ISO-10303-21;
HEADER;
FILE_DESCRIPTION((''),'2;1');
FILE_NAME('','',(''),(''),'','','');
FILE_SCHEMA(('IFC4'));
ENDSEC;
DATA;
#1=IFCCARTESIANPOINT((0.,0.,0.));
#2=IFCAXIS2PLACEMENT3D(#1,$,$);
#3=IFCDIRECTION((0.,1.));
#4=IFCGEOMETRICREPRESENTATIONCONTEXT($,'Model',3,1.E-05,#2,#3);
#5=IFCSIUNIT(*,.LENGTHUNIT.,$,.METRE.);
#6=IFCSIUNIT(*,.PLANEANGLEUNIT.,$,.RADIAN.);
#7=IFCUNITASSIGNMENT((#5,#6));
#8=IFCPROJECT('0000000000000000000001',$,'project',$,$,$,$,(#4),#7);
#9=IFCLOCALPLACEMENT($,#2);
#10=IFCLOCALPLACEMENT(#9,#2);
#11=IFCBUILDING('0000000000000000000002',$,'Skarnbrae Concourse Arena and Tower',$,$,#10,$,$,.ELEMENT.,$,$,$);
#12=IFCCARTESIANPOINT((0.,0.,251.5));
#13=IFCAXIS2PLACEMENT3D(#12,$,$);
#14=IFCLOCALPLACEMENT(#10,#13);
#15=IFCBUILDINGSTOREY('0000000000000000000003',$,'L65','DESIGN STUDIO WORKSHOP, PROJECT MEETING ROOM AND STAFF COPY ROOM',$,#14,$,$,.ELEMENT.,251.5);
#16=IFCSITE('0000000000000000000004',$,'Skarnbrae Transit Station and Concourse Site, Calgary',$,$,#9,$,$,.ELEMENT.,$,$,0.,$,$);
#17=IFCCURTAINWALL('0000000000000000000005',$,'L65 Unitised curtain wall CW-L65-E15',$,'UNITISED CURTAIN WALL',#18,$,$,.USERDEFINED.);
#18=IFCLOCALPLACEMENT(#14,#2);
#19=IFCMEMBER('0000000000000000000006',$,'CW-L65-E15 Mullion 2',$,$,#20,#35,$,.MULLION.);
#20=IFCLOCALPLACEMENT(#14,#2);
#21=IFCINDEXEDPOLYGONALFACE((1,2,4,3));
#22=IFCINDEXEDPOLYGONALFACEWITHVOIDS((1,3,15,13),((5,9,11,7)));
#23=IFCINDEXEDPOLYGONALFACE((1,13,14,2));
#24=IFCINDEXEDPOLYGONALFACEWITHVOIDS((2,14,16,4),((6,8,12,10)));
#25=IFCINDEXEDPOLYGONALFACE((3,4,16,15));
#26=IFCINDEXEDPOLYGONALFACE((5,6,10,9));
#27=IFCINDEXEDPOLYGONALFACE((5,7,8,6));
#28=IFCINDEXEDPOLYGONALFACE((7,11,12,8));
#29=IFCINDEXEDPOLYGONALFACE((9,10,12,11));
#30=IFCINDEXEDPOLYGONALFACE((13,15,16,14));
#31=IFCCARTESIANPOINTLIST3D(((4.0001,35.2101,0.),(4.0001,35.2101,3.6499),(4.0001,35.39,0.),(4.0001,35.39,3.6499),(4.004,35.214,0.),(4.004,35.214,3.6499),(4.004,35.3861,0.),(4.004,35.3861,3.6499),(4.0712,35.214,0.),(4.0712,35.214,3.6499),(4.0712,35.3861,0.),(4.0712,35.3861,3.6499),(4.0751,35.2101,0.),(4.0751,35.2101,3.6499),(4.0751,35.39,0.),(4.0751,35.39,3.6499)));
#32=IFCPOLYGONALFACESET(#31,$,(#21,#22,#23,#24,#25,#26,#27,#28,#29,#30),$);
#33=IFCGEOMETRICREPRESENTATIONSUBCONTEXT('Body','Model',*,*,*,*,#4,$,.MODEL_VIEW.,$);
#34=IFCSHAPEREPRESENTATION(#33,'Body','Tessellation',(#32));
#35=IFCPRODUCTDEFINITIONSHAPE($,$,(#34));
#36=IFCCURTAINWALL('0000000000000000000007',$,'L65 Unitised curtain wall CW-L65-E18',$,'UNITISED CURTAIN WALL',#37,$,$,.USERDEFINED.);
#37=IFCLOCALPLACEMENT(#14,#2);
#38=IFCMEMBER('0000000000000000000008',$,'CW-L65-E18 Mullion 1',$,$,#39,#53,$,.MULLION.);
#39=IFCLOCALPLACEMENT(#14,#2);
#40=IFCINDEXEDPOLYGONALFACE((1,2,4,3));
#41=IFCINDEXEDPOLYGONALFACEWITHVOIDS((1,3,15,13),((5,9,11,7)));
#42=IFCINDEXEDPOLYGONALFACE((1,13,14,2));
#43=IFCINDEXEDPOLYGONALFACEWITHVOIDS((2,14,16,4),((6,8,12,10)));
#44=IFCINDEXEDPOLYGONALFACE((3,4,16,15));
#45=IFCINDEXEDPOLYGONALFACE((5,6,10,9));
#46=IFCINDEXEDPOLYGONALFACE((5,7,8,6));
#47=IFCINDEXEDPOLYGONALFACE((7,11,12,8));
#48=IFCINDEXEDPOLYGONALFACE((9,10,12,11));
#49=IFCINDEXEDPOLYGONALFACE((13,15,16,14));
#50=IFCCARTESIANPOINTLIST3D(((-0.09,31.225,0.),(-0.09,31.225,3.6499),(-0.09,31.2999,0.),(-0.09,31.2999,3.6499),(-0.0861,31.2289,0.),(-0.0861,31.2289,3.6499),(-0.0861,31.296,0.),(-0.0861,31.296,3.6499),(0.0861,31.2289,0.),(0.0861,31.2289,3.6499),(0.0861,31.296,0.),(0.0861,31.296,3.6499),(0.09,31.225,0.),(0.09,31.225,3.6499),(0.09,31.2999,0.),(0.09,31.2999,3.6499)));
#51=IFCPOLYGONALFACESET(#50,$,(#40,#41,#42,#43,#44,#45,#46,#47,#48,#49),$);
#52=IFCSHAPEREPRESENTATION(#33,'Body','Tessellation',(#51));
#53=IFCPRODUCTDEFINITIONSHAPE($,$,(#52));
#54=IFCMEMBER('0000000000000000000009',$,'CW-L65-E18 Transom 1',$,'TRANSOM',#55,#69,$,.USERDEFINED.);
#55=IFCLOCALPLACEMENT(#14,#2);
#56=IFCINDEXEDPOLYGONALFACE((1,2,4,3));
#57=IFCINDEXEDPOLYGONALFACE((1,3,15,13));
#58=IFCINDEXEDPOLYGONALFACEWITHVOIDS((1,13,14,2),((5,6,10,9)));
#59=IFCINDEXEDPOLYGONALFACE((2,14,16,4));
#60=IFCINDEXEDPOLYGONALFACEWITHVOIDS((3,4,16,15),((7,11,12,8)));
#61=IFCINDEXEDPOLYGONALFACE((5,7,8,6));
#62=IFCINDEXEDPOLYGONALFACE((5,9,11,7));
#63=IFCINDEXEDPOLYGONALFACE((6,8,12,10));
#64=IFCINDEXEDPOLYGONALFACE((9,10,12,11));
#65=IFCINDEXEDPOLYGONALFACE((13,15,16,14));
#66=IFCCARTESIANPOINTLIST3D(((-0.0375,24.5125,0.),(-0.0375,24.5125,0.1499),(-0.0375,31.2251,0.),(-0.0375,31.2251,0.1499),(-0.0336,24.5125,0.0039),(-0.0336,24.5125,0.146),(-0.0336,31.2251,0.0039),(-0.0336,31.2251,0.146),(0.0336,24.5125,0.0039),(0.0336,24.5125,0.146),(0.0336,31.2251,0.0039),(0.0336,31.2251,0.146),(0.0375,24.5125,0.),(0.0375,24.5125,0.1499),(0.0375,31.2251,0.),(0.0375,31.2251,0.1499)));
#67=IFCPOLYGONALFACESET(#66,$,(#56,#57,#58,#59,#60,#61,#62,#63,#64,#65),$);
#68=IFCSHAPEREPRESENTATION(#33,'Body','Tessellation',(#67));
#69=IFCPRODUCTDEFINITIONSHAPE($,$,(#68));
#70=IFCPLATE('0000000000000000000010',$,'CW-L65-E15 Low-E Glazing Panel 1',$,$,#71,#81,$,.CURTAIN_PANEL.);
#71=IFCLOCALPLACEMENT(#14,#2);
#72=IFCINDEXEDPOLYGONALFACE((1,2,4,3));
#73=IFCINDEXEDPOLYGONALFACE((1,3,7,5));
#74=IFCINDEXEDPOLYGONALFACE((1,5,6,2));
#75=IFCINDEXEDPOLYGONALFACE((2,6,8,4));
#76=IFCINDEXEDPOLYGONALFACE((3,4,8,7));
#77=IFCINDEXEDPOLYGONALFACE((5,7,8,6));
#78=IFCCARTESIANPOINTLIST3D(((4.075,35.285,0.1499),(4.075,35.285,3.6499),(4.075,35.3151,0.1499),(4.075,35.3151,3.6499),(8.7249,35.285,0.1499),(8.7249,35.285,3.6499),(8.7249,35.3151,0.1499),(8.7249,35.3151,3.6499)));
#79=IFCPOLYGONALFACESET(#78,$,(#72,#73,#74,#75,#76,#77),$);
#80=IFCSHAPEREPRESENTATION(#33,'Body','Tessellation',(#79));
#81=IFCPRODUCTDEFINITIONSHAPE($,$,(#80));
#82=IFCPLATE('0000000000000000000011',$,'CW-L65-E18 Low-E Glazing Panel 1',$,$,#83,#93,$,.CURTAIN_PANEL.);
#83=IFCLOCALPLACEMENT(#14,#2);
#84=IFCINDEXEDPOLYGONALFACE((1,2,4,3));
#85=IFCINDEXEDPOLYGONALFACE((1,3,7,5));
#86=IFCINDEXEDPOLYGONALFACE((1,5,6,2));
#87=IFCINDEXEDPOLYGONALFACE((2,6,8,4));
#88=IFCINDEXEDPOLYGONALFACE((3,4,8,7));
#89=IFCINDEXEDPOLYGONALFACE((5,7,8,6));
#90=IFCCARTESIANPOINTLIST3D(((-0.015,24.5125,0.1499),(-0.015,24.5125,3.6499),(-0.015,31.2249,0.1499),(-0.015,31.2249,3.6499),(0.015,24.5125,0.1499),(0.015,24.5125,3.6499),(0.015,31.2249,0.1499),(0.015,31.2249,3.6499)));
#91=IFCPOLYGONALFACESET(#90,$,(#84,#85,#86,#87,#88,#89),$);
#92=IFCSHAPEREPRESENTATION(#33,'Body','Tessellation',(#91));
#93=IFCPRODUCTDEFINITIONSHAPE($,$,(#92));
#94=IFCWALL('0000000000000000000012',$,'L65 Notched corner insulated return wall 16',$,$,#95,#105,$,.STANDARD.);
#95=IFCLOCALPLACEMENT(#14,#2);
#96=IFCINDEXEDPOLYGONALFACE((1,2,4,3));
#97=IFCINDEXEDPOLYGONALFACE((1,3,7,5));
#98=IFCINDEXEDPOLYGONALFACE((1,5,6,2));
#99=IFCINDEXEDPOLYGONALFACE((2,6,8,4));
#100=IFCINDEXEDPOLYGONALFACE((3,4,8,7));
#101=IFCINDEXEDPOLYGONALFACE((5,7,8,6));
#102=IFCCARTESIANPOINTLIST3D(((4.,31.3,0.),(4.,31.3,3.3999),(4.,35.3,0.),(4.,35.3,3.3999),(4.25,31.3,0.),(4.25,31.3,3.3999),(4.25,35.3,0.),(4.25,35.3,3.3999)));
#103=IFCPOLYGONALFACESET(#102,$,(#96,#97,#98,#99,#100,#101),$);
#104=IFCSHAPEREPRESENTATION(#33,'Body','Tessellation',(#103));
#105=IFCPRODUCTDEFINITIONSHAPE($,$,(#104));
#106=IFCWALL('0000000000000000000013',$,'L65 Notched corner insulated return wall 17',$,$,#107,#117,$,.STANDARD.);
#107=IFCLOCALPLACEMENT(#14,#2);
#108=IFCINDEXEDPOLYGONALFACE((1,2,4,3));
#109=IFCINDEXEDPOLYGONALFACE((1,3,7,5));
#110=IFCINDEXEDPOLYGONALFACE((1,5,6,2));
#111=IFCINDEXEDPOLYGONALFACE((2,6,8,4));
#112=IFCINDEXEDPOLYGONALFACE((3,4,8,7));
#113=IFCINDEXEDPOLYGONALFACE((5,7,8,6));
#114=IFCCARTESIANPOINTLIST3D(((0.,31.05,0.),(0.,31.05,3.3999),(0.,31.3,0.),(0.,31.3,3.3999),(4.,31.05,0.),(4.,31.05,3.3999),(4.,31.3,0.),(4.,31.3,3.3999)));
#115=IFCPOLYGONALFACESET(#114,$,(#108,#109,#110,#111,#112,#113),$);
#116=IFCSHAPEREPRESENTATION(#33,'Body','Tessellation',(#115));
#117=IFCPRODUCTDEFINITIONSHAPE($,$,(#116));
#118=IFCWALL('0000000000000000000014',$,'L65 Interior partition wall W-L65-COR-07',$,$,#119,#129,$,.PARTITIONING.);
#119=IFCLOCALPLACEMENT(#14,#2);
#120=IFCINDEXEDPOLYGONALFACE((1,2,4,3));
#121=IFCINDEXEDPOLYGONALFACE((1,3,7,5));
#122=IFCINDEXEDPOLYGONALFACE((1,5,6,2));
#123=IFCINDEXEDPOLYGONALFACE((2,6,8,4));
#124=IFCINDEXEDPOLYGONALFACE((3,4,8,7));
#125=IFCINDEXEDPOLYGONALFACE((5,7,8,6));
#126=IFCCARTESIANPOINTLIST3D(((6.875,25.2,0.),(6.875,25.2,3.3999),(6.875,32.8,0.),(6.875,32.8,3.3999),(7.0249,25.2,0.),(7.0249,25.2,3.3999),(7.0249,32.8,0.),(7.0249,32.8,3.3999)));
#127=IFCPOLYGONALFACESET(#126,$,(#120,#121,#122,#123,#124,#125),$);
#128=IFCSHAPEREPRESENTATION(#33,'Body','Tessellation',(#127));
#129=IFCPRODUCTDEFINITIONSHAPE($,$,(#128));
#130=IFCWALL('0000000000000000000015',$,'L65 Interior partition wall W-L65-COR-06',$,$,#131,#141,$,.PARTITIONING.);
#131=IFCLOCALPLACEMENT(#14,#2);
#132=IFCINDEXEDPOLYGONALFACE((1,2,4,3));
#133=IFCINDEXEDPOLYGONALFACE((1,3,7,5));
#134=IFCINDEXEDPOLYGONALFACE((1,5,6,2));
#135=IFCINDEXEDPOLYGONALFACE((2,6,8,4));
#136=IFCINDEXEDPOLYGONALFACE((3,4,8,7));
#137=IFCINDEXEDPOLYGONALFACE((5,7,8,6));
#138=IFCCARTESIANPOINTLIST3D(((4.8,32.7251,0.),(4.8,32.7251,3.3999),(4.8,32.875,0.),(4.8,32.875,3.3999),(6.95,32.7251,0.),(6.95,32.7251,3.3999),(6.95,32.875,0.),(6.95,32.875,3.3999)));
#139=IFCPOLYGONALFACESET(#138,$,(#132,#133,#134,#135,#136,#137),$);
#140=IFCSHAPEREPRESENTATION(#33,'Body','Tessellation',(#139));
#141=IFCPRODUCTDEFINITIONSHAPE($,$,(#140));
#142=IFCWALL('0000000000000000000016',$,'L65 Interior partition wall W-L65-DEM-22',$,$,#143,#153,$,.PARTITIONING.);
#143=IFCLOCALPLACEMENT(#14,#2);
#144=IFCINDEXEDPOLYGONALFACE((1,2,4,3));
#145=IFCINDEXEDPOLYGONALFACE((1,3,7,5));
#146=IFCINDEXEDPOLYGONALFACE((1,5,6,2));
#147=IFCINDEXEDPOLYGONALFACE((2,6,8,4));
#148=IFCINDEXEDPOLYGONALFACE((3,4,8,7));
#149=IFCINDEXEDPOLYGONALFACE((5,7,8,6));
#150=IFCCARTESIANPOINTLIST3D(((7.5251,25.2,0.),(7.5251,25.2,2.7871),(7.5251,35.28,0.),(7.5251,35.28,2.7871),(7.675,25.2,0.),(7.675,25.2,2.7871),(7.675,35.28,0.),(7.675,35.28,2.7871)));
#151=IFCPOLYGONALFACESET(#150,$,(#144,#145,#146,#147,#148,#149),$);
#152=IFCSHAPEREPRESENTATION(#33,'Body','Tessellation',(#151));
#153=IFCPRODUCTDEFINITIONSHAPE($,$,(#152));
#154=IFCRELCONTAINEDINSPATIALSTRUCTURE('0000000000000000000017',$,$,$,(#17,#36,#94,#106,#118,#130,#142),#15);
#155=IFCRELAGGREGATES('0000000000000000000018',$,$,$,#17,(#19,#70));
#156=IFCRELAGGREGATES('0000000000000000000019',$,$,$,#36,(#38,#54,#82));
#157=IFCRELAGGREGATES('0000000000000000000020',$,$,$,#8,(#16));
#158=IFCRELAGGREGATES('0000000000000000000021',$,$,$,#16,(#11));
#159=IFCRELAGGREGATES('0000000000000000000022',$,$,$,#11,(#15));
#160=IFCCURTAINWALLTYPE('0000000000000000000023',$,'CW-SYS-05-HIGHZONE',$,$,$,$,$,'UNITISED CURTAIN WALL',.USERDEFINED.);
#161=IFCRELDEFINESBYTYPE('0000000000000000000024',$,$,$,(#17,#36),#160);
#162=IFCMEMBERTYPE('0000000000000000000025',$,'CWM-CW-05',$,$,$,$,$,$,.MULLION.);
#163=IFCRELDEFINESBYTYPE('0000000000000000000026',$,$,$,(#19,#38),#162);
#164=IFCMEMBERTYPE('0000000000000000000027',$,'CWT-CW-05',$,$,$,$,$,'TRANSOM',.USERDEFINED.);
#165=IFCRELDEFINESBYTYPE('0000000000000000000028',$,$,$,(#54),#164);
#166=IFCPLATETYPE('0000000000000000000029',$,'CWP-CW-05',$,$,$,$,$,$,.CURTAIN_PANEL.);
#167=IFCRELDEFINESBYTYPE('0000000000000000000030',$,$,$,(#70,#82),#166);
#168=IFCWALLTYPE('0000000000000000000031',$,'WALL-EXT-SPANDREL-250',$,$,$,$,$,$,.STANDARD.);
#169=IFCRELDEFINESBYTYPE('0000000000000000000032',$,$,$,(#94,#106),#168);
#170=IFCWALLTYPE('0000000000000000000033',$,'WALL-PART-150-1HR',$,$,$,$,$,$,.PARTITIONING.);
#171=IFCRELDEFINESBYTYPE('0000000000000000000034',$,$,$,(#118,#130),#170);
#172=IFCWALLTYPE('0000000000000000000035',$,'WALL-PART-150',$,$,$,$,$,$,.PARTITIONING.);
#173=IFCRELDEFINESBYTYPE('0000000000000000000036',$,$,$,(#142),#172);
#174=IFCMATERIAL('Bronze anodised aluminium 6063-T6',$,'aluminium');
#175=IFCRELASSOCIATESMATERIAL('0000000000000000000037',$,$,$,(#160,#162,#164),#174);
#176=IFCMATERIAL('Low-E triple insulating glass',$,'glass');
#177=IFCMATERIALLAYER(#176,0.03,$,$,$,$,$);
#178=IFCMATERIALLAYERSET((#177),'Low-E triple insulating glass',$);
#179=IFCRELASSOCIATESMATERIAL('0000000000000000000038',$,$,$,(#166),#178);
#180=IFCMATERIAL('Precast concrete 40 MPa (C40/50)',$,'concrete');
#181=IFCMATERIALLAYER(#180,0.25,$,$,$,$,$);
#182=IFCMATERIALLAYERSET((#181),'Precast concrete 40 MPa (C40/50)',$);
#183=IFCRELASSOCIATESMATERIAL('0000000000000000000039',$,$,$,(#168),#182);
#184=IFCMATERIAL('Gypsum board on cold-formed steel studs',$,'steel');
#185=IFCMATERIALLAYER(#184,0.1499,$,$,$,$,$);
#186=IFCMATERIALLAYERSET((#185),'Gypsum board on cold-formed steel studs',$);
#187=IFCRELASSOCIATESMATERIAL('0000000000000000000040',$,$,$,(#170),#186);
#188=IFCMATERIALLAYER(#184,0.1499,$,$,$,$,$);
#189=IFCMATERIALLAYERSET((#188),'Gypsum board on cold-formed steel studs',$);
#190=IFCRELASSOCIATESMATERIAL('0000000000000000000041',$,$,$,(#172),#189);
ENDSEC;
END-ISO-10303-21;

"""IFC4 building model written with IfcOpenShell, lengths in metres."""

from ifc_helpers import new_model, si_unit, direction, frame, frame_2d, origin, origin_2d, place, context, subcontext, project, spatial, rectangle, hollow_rectangle, extrude, source, transform, mapped, material, layer, layer_set, material_profile, profile_set, type_object, element, aggregate, save


model = new_model("IFC4")

# Units and contexts
model_context = context("Model", 3, precision=1e-05, world=origin(), true_north=direction((0.0, 1.0)))
body_context = subcontext(model_context, "Body", "Model", "MODEL_VIEW")
ifc_project = project(units=[si_unit("LENGTHUNIT", "METRE"), si_unit("PLANEANGLEUNIT", "RADIAN")], contexts=[model_context])

# Site, building, storey
site_placement = place(None, origin())
site = spatial("IfcSite", under=ifc_project, at=site_placement, Name="Skarnbrae Transit Station and Concourse Site, Calgary", CompositionType="ELEMENT", RefElevation=0.0)
building_placement = place(site_placement, origin())
building = spatial("IfcBuilding", under=site, at=building_placement, Name="Skarnbrae Concourse Arena and Tower", CompositionType="ELEMENT")
storey_placement = place(building_placement, frame((0.0, 0.0, 251.5)))
storey = spatial("IfcBuildingStorey", under=building, at=storey_placement, Name="L65", Description="DESIGN STUDIO WORKSHOP, PROJECT MEETING ROOM AND STAFF COPY ROOM", CompositionType="ELEMENT", Elevation=251.5)

# Curtain wall, member
ifc_material_1 = material(Name="Bronze anodised aluminium 6063-T6", Category="aluminium")
curtain_wall_type = type_object("IfcCurtainWallType", Name="CW-SYS-05-HIGHZONE", ElementType="UNITISED CURTAIN WALL", PredefinedType="USERDEFINED", material=ifc_material_1)
curtain_wall_1_placement = place(storey_placement, origin())
curtain_wall_1 = element("IfcCurtainWall", 1, at=curtain_wall_1_placement, inside=storey, type_object=curtain_wall_type, Name="L65 Unitised curtain wall CW-L65-E15", ObjectType="UNITISED CURTAIN WALL", PredefinedType="USERDEFINED")
ifc_material_profile_1 = material_profile(ifc_material_1, hollow_rectangle(XDim=0.075, YDim=0.1799, WallThickness=0.0039, at=origin_2d()), Name="ALU-MULL-75X180")
ifc_profile_set_1 = profile_set([ifc_material_profile_1], Name="Bronze anodised aluminium 6063-T6")
member_type_1 = type_object("IfcMemberType", Name="CWM-CW-05", PredefinedType="MULLION", material=ifc_profile_set_1)
shared_shape_1 = source(origin(), body_context, "Body", "SweptSolid", [
    extrude(hollow_rectangle(XDim=0.075, YDim=0.1799, WallThickness=0.0039, at=origin_2d()), origin(), (0.0, 0.0, 1.0), 3.6499),
])
member_1_placement = place(storey_placement, frame((4.0376, 35.3, 0.0), z_axis=(0.0, 0.0, 1.0), x_axis=(-1.0, 0.0, 0.0)))
member_1 = element("IfcMember", 2, at=member_1_placement, type_object=member_type_1, Name="CW-L65-E15 Mullion 2", PredefinedType="MULLION", context=body_context, shape_type="MappedRepresentation", body=[
    mapped(shared_shape_1, transform((0.0, 0.0, 0.0))),
])

# Curtain wall, members
curtain_wall_2_placement = place(storey_placement, origin())
curtain_wall_2 = element("IfcCurtainWall", 3, at=curtain_wall_2_placement, inside=storey, type_object=curtain_wall_type, Name="L65 Unitised curtain wall CW-L65-E18", ObjectType="UNITISED CURTAIN WALL", PredefinedType="USERDEFINED")
member_2_placement = place(storey_placement, frame((0.0, 31.2625, 0.0), z_axis=(0.0, 0.0, 1.0), x_axis=(0.0, -1.0, 0.0)))
member_2 = element("IfcMember", 4, at=member_2_placement, type_object=member_type_1, Name="CW-L65-E18 Mullion 1", PredefinedType="MULLION", context=body_context, shape_type="MappedRepresentation", body=[
    mapped(shared_shape_1, transform((0.0, 0.0, 0.0))),
])
ifc_material_profile_2 = material_profile(ifc_material_1, hollow_rectangle(XDim=0.075, YDim=0.1499, WallThickness=0.0039, at=origin_2d()), Name="ALU-TRAN-75X150")
ifc_profile_set_2 = profile_set([ifc_material_profile_2], Name="Bronze anodised aluminium 6063-T6")
member_type_2 = type_object("IfcMemberType", Name="CWT-CW-05", ElementType="TRANSOM", PredefinedType="USERDEFINED", material=ifc_profile_set_2)
shared_shape_2 = source(origin(), body_context, "Body", "SweptSolid", [
    extrude(hollow_rectangle(XDim=0.075, YDim=0.1499, WallThickness=0.0039, at=origin_2d()), origin(), (0.0, 0.0, 1.0), 6.7126),
])
member_3_placement = place(storey_placement, frame((0.0, 31.2251, 0.075), z_axis=(0.0, -1.0, 0.0), x_axis=(1.0, 0.0, 0.0)))
member_3 = element("IfcMember", 5, at=member_3_placement, type_object=member_type_2, Name="CW-L65-E18 Transom 1", ObjectType="TRANSOM", PredefinedType="USERDEFINED", context=body_context, shape_type="MappedRepresentation", body=[
    mapped(shared_shape_2, transform((0.0, 0.0, 0.0))),
])

# Plates
ifc_material_2 = material(Name="Low-E triple insulating glass", Category="glass")
ifc_layer_1 = layer(ifc_material_2, 0.03)
ifc_layer_set_1 = layer_set([ifc_layer_1], Name="Low-E triple insulating glass")
plate_type = type_object("IfcPlateType", Name="CWP-CW-05", PredefinedType="CURTAIN_PANEL", material=ifc_layer_set_1)
shared_shape_3 = source(origin(), body_context, "Body", "SweptSolid", [
    extrude(rectangle(XDim=4.6499, YDim=0.03, at=origin_2d()), origin(), (0.0, 0.0, 1.0), 3.5),
])
plate_1_placement = place(storey_placement, frame((6.3999, 35.3, 0.1499), z_axis=(0.0, 0.0, 1.0), x_axis=(-1.0, 0.0, 0.0)))
plate_1 = element("IfcPlate", 6, at=plate_1_placement, type_object=plate_type, Name="CW-L65-E15 Low-E Glazing Panel 1", PredefinedType="CURTAIN_PANEL", context=body_context, shape_type="MappedRepresentation", body=[
    mapped(shared_shape_3, transform((0.0, 0.0, 0.0))),
])
aggregate(curtain_wall_1, [member_1, plate_1])
shared_shape_4 = source(origin(), body_context, "Body", "SweptSolid", [
    extrude(rectangle(XDim=6.7124, YDim=0.03, at=origin_2d()), origin(), (0.0, 0.0, 1.0), 3.5),
])
plate_2_placement = place(storey_placement, frame((0.0, 27.8687, 0.1499), z_axis=(0.0, 0.0, 1.0), x_axis=(0.0, -1.0, 0.0)))
plate_2 = element("IfcPlate", 7, at=plate_2_placement, type_object=plate_type, Name="CW-L65-E18 Low-E Glazing Panel 1", PredefinedType="CURTAIN_PANEL", context=body_context, shape_type="MappedRepresentation", body=[
    mapped(shared_shape_4, transform((0.0, 0.0, 0.0))),
])
aggregate(curtain_wall_2, [member_2, member_3, plate_2])

# Walls
ifc_material_3 = material(Name="Precast concrete 40 MPa (C40/50)", Category="concrete")
ifc_layer_2 = layer(ifc_material_3, 0.25)
ifc_layer_set_2 = layer_set([ifc_layer_2], Name="Precast concrete 40 MPa (C40/50)")
wall_type_1 = type_object("IfcWallType", Name="WALL-EXT-SPANDREL-250", PredefinedType="STANDARD", material=ifc_layer_set_2)
shared_shape_5 = source(origin(), body_context, "Body", "SweptSolid", [
    extrude(rectangle(XDim=4.0, YDim=0.25, at=frame_2d((2.0, 0.0))), origin(), (0.0, 0.0, 1.0), 3.3999),
])
for number, where, z_axis, x_axis, name in (
    (8, (4.125, 35.3, 0.0), (0.0, 0.0, 1.0), (0.0, -1.0, 0.0), "L65 Notched corner insulated return wall 16"),
    (9, (4.0, 31.175, 0.0), (0.0, 0.0, 1.0), (-1.0, 0.0, 0.0), "L65 Notched corner insulated return wall 17"),
):
    element("IfcWall", number, at=place(storey_placement, frame(where, z_axis=z_axis, x_axis=x_axis)), inside=storey, type_object=wall_type_1, Name=name, PredefinedType="STANDARD", context=body_context, shape_type="MappedRepresentation", body=[
        mapped(shared_shape_5, transform((0.0, 0.0, 0.0))),
    ])
ifc_material_4 = material(Name="Gypsum board on cold-formed steel studs", Category="steel")
ifc_layer_3 = layer(ifc_material_4, 0.1499)
ifc_layer_set_3 = layer_set([ifc_layer_3], Name="Gypsum board on cold-formed steel studs")
wall_type_2 = type_object("IfcWallType", Name="WALL-PART-150-1HR", PredefinedType="PARTITIONING", material=ifc_layer_set_3)
shared_shape_6 = source(origin(), body_context, "Body", "SweptSolid", [
    extrude(rectangle(XDim=7.6001, YDim=0.1499, at=frame_2d((3.8, 0.0))), origin(), (0.0, 0.0, 1.0), 3.3999),
])
wall_1_placement = place(storey_placement, frame((6.95, 32.8, 0.0), z_axis=(0.0, 0.0, 1.0), x_axis=(0.0, -1.0, 0.0)))
element("IfcWall", 10, at=wall_1_placement, inside=storey, type_object=wall_type_2, Name="L65 Interior partition wall W-L65-COR-07", PredefinedType="PARTITIONING", context=body_context, shape_type="MappedRepresentation", body=[
    mapped(shared_shape_6, transform((0.0, 0.0, 0.0))),
])
shared_shape_7 = source(origin(), body_context, "Body", "SweptSolid", [
    extrude(rectangle(XDim=2.1499, YDim=0.1499, at=frame_2d((1.075, 0.0))), origin(), (0.0, 0.0, 1.0), 3.3999),
])
wall_2_placement = place(storey_placement, frame((4.8, 32.8, 0.0), z_axis=(0.0, 0.0, 1.0), x_axis=(1.0, 0.0, 0.0)))
element("IfcWall", 11, at=wall_2_placement, inside=storey, type_object=wall_type_2, Name="L65 Interior partition wall W-L65-COR-06", PredefinedType="PARTITIONING", context=body_context, shape_type="MappedRepresentation", body=[
    mapped(shared_shape_7, transform((0.0, 0.0, 0.0))),
])
ifc_layer_4 = layer(ifc_material_4, 0.1499)
ifc_layer_set_4 = layer_set([ifc_layer_4], Name="Gypsum board on cold-formed steel studs")
wall_type_3 = type_object("IfcWallType", Name="WALL-PART-150", PredefinedType="PARTITIONING", material=ifc_layer_set_4)
shared_shape_8 = source(origin(), body_context, "Body", "SweptSolid", [
    extrude(rectangle(XDim=10.0801, YDim=0.1499, at=frame_2d((5.04, 0.0))), origin(), (0.0, 0.0, 1.0), 2.7871),
])
wall_3_placement = place(storey_placement, frame((7.6001, 35.28, 0.0), z_axis=(0.0, 0.0, 1.0), x_axis=(0.0, -1.0, 0.0)))
element("IfcWall", 12, at=wall_3_placement, inside=storey, type_object=wall_type_3, Name="L65 Interior partition wall W-L65-DEM-22", PredefinedType="PARTITIONING", context=body_context, shape_type="MappedRepresentation", body=[
    mapped(shared_shape_8, transform((0.0, 0.0, 0.0))),
])

save(model, "model.ifc")
